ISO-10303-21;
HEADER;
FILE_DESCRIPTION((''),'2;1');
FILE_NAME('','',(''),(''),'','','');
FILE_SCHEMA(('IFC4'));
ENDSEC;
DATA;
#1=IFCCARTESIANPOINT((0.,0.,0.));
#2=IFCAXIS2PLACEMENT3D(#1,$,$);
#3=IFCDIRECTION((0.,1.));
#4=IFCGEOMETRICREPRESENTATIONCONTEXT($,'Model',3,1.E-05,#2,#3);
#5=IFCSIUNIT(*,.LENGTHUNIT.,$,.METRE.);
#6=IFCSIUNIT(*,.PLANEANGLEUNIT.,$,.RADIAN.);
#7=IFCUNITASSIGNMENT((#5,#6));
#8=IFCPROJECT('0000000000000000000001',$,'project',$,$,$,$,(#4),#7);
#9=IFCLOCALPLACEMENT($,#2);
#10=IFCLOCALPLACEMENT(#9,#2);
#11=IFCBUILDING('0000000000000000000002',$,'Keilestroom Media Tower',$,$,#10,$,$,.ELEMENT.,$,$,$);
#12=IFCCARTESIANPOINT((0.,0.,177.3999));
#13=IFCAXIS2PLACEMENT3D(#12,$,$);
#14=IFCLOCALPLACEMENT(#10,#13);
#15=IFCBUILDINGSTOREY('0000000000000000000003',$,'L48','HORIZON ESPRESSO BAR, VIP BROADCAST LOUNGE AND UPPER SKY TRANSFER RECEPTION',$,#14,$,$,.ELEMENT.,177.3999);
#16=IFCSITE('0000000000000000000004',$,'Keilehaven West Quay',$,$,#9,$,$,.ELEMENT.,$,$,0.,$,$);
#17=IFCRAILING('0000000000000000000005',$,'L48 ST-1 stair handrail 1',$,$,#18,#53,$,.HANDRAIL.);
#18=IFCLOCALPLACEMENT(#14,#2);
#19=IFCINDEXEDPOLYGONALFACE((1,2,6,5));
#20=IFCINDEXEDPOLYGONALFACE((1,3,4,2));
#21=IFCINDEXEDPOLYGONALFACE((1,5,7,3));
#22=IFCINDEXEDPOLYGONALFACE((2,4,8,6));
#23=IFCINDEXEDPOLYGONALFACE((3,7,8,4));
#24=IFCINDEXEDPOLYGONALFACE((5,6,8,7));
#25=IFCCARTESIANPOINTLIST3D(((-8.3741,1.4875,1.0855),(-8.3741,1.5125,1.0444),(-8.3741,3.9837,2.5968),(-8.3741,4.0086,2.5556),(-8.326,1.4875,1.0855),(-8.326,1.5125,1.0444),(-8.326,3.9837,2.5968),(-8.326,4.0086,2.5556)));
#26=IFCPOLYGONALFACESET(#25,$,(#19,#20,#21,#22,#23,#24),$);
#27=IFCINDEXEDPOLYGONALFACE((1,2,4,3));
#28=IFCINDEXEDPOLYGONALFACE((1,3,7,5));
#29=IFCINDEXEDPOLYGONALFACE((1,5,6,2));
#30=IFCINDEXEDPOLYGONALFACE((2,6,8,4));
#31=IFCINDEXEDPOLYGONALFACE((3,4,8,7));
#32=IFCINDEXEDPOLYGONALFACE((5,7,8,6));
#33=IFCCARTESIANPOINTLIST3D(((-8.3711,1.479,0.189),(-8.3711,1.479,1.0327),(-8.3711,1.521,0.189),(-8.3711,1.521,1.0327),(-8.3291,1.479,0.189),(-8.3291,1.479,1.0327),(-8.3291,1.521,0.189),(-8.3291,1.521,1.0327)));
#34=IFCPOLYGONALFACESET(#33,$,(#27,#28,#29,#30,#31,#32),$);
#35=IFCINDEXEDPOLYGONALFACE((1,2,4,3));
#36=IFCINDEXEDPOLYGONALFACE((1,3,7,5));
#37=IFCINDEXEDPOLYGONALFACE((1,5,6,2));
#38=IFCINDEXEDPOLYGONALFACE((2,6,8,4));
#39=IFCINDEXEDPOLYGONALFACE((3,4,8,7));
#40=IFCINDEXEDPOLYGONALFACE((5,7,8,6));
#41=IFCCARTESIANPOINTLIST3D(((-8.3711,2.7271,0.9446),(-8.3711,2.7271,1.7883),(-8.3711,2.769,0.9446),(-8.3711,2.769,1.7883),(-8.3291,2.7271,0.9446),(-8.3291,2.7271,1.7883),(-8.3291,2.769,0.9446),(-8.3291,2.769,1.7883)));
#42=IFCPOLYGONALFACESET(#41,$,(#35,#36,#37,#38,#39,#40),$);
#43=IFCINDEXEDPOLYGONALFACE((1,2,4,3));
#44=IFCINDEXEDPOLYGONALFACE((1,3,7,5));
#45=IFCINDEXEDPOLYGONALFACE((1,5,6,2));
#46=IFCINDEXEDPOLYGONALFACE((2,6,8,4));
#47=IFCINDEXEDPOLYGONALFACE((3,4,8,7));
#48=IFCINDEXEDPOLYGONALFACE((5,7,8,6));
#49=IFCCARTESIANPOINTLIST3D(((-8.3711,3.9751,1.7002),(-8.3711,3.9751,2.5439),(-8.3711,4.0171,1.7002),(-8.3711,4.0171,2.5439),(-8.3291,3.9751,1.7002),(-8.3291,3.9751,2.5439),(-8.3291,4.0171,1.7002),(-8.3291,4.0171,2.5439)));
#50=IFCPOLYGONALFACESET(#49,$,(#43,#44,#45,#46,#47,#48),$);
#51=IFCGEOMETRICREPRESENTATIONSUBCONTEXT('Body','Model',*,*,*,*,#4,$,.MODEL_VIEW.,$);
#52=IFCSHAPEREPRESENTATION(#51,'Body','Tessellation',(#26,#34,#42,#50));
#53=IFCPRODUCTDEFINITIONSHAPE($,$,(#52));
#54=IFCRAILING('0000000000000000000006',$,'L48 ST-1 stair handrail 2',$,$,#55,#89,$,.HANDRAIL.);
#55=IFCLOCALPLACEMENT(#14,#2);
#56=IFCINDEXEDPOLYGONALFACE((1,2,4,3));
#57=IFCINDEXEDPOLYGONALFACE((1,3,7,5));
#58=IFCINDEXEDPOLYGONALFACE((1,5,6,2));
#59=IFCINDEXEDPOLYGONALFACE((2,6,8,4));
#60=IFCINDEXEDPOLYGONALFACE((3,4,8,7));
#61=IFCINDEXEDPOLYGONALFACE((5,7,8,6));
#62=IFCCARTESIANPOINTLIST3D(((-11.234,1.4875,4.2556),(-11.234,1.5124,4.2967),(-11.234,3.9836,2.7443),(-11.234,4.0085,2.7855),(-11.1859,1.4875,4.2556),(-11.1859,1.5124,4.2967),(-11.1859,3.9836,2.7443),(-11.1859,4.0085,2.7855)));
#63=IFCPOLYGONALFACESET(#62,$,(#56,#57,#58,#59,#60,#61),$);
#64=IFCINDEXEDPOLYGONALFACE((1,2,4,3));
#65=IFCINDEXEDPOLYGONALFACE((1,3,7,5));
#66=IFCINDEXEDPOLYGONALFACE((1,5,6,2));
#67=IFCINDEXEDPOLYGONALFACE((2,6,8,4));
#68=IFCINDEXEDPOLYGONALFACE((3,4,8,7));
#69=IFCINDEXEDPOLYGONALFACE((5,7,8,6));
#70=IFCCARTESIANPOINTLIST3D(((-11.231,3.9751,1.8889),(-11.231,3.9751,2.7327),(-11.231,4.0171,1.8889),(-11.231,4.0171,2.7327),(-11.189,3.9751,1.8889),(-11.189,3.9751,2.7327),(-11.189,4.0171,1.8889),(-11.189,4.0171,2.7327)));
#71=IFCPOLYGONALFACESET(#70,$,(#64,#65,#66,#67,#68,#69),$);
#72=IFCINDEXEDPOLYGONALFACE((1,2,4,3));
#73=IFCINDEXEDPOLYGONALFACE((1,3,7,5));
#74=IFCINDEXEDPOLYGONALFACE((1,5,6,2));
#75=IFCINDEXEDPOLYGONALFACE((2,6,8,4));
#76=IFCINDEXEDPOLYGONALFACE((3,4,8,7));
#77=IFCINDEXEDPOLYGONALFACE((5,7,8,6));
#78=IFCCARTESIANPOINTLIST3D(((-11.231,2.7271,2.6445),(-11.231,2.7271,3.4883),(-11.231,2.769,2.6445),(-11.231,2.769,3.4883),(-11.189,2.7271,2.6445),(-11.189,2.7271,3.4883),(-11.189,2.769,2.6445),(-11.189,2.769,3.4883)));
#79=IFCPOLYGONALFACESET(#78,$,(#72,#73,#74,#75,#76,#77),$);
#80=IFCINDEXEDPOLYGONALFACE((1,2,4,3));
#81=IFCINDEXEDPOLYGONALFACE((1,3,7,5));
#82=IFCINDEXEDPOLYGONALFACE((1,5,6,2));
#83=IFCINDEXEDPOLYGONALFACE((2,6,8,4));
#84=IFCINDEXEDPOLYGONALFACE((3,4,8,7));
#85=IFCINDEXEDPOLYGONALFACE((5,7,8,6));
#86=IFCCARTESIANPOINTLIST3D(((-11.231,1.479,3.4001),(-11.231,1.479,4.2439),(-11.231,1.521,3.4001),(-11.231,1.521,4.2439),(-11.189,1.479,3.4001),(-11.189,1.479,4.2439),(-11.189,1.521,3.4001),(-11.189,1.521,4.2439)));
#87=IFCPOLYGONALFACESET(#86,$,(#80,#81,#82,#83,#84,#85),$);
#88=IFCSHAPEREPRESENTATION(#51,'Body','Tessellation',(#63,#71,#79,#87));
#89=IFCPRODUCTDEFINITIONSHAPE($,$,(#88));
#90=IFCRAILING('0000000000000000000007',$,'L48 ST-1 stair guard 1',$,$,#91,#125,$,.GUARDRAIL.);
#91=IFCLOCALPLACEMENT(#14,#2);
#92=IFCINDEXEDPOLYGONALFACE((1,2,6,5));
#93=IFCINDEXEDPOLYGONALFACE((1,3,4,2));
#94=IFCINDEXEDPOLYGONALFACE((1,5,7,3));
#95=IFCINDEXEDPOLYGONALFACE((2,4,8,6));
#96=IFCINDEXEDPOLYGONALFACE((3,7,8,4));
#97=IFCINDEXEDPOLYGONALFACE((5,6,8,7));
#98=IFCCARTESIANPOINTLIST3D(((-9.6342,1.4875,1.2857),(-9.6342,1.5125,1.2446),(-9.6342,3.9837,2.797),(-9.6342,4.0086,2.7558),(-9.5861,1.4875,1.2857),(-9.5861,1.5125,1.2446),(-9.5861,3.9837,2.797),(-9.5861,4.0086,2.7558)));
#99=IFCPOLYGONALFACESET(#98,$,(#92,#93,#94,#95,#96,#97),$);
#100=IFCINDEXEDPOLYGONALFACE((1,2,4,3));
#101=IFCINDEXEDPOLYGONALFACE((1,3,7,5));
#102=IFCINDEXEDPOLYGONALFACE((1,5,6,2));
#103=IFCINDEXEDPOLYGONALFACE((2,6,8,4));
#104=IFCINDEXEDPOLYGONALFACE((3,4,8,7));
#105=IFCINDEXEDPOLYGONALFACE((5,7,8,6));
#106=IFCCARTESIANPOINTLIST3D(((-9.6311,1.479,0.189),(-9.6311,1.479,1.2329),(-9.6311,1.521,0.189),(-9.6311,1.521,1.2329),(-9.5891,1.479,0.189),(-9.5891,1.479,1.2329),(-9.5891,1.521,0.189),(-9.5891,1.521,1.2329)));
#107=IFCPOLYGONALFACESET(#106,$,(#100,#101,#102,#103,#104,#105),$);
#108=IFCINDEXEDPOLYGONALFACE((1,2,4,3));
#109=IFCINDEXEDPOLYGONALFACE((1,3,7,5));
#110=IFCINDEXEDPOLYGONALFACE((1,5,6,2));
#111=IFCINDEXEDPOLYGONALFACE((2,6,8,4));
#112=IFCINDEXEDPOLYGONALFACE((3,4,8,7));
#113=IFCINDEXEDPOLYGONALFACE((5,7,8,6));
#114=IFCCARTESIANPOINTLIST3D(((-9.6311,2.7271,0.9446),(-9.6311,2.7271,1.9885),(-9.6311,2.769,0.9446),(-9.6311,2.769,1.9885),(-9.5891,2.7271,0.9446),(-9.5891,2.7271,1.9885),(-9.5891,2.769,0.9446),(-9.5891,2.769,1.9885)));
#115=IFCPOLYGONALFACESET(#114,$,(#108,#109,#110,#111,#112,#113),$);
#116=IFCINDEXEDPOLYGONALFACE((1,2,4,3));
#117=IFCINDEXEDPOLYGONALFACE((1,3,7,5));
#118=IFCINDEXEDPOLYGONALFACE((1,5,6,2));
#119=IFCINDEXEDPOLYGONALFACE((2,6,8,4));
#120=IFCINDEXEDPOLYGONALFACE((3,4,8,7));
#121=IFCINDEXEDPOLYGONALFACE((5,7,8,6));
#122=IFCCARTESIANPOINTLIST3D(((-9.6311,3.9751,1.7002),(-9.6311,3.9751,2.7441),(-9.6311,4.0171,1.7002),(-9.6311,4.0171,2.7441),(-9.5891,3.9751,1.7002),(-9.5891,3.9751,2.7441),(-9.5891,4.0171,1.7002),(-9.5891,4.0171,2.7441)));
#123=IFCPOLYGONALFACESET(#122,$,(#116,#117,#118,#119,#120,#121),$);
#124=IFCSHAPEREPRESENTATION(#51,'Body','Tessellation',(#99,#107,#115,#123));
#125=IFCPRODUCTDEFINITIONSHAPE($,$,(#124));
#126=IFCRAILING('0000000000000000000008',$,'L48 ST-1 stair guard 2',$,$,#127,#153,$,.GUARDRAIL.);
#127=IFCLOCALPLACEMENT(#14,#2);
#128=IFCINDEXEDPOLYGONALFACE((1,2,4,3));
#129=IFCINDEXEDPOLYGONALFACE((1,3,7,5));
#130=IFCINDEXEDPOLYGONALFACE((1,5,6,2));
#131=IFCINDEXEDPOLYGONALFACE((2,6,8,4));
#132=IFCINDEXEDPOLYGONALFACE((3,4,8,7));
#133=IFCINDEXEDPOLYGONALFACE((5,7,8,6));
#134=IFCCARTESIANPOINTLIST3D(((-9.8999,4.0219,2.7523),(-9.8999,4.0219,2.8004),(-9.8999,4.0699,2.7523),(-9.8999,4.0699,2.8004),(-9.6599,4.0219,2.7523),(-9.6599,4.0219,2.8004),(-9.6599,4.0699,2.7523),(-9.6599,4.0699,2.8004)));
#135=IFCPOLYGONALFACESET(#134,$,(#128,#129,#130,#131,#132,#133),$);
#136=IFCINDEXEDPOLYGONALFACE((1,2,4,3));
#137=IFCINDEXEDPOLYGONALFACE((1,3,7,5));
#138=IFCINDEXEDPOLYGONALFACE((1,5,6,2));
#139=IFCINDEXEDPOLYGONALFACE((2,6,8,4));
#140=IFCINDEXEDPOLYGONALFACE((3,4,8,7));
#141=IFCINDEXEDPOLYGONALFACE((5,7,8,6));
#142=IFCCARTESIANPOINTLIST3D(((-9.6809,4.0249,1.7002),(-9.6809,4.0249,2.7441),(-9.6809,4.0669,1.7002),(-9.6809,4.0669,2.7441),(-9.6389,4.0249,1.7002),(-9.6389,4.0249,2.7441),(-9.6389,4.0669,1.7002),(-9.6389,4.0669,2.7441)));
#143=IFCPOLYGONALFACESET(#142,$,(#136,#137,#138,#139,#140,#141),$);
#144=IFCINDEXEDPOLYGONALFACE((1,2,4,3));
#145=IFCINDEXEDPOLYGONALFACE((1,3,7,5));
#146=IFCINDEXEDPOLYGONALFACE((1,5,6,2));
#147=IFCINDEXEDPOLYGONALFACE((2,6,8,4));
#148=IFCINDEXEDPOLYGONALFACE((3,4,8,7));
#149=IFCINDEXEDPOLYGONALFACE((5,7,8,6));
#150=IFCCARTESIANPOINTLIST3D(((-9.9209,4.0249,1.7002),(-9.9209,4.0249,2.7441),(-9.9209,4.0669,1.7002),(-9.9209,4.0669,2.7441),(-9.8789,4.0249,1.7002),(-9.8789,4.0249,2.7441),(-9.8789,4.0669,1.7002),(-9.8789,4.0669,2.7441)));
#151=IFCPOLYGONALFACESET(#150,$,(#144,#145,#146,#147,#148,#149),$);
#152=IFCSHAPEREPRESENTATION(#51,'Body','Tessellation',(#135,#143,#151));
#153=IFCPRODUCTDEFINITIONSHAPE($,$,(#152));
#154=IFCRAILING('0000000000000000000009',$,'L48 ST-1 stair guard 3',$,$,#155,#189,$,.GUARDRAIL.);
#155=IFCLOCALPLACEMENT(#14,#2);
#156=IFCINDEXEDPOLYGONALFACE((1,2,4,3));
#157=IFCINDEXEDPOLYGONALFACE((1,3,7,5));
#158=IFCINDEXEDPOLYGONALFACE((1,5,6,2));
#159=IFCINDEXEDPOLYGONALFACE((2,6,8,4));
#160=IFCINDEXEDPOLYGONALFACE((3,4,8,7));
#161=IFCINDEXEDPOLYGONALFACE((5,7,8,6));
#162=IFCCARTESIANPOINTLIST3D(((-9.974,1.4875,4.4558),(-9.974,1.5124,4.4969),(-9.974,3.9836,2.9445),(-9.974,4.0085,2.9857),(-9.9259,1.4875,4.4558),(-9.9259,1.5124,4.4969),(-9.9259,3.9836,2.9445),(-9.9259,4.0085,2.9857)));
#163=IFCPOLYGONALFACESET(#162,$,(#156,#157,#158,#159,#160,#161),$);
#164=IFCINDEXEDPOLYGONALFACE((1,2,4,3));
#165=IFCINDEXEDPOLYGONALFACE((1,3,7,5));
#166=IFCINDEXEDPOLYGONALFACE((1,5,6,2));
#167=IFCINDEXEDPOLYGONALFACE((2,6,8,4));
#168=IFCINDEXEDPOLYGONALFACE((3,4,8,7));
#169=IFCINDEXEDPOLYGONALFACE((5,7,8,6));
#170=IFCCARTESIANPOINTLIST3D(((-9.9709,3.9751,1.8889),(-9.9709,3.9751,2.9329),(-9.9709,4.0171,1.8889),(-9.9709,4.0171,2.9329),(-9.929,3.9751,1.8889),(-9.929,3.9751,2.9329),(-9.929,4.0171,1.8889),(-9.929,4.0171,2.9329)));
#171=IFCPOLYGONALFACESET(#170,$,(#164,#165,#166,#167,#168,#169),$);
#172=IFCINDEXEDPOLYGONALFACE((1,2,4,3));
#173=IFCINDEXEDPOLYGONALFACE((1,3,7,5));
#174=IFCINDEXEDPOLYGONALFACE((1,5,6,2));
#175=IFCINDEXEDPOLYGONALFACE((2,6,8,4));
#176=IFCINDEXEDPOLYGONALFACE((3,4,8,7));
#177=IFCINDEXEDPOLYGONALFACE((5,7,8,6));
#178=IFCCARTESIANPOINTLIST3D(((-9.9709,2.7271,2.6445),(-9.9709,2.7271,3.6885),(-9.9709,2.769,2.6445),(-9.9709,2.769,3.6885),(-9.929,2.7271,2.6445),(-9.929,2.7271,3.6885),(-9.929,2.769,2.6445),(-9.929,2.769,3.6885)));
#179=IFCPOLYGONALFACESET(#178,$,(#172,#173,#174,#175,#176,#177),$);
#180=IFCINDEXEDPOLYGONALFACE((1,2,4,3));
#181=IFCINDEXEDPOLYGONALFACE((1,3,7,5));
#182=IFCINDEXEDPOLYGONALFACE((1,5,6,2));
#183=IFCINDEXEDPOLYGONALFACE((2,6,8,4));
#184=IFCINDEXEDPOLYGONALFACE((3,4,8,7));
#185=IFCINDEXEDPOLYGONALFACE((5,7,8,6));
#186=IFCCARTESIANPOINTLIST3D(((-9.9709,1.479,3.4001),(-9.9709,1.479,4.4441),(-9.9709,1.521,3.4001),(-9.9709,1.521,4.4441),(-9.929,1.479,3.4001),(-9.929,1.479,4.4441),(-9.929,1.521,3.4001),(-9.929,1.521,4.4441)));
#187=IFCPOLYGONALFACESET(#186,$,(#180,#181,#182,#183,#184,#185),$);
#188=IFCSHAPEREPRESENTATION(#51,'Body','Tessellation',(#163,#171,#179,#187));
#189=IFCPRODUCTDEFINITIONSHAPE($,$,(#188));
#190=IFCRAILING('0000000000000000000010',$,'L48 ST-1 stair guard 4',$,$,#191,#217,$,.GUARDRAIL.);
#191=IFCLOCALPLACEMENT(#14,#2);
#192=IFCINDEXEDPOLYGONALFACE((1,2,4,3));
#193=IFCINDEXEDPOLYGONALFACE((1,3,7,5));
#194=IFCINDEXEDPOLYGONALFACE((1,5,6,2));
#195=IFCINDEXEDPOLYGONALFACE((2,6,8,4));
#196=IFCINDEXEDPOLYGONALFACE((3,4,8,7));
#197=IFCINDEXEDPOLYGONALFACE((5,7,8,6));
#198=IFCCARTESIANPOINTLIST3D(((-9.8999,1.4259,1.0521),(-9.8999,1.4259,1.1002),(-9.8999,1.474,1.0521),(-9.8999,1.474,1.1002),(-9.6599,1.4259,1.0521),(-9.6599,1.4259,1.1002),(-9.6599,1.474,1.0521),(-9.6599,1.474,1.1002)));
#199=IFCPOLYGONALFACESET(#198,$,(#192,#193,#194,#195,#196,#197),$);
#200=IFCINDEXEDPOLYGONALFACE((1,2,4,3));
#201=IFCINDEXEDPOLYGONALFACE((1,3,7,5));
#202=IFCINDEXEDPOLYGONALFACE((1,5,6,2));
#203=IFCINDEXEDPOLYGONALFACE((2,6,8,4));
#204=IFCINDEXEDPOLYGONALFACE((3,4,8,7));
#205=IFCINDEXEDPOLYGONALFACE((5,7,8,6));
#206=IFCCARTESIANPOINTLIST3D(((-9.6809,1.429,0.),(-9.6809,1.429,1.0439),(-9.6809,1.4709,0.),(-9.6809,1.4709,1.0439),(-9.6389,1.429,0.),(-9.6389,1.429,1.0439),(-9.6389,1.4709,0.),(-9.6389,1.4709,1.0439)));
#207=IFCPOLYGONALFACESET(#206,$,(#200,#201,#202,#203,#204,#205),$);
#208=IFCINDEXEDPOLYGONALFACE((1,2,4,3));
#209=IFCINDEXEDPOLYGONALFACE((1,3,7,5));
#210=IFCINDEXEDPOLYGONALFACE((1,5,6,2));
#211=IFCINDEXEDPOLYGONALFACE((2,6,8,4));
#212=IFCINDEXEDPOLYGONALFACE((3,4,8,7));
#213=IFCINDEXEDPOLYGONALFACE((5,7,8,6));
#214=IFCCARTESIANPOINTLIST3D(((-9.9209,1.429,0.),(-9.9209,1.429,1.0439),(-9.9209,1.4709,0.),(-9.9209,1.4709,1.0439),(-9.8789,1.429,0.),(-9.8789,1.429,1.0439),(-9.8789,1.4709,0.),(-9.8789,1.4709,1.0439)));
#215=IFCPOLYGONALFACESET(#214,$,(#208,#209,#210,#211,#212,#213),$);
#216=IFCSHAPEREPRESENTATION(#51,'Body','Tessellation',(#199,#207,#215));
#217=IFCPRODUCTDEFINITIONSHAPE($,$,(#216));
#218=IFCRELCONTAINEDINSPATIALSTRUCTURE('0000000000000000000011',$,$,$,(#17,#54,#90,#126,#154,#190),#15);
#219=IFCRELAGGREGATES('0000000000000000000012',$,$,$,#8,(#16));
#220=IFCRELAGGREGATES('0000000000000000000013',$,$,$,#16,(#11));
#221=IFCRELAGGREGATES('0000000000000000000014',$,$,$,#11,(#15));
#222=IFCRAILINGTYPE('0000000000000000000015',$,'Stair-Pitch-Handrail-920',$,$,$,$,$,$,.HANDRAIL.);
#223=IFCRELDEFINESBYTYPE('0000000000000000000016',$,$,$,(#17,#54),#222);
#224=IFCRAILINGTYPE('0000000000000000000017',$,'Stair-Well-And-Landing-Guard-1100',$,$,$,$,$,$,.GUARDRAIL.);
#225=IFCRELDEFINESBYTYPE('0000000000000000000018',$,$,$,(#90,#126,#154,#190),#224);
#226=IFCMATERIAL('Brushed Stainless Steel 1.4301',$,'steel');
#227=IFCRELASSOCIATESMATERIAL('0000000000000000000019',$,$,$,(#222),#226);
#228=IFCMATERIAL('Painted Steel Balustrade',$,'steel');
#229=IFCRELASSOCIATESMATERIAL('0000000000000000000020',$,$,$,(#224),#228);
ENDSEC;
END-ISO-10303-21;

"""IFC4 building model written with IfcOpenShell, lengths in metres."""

from ifc_helpers import new_model, si_unit, direction, frame, origin, origin_2d, place, context, subcontext, project, spatial, rectangle, extrude, material, type_object, element, save


model = new_model("IFC4")

# Units and contexts
model_context = context("Model", 3, precision=1e-05, world=origin(), true_north=direction((0.0, 1.0)))
body_context = subcontext(model_context, "Body", "Model", "MODEL_VIEW")
ifc_project = project(units=[si_unit("LENGTHUNIT", "METRE"), si_unit("PLANEANGLEUNIT", "RADIAN")], contexts=[model_context])

# Site, building, storey
site_placement = place(None, origin())
site = spatial("IfcSite", under=ifc_project, at=site_placement, Name="Keilehaven West Quay", CompositionType="ELEMENT", RefElevation=0.0)
building_placement = place(site_placement, origin())
building = spatial("IfcBuilding", under=site, at=building_placement, Name="Keilestroom Media Tower", CompositionType="ELEMENT")
storey_placement = place(building_placement, frame((0.0, 0.0, 177.3999)))
storey = spatial("IfcBuildingStorey", under=building, at=storey_placement, Name="L48", Description="HORIZON ESPRESSO BAR, VIP BROADCAST LOUNGE AND UPPER SKY TRANSFER RECEPTION", CompositionType="ELEMENT", Elevation=177.3999)

# Railings
ifc_material_1 = material(Name="Brushed Stainless Steel 1.4301", Category="steel")
railing_type_1 = type_object("IfcRailingType", Name="Stair-Pitch-Handrail-920", PredefinedType="HANDRAIL", material=ifc_material_1)
railing_1_placement = place(storey_placement, frame((-8.3501, 1.5, 0.189)))
element("IfcRailing", 1, at=railing_1_placement, inside=storey, type_object=railing_type_1, Name="L48 ST-1 stair handrail 1", PredefinedType="HANDRAIL", context=body_context, shape_type="SweptSolid", body=[
    extrude(rectangle(XDim=0.0481, YDim=0.0481, at=origin_2d()), frame((0.0, 0.0, 0.876), z_axis=(0.0, 0.855434, 0.517912), x_axis=(-1.0, 0.0, 0.0)), (0.0, 0.0, 1.0), 2.918),
    extrude(rectangle(XDim=0.042, YDim=0.042, at=origin_2d()), origin(), (0.0, 0.0, 1.0), 0.8438),
    extrude(rectangle(XDim=0.042, YDim=0.042, at=origin_2d()), frame((0.0, 1.248, 0.7556)), (0.0, 0.0, 1.0), 0.8438),
    extrude(rectangle(XDim=0.042, YDim=0.042, at=origin_2d()), frame((0.0, 2.4961, 1.5112)), (0.0, 0.0, 1.0), 0.8438),
])
railing_2_placement = place(storey_placement, frame((-11.21, 3.9961, 1.8889)))
element("IfcRailing", 2, at=railing_2_placement, inside=storey, type_object=railing_type_1, Name="L48 ST-1 stair handrail 2", PredefinedType="HANDRAIL", context=body_context, shape_type="SweptSolid", body=[
    extrude(rectangle(XDim=0.0481, YDim=0.0481, at=origin_2d()), frame((0.0, 0.0, 0.876), z_axis=(0.0, -0.855434, 0.517912), x_axis=(1.0, 0.0, 0.0)), (0.0, 0.0, 1.0), 2.918),
    extrude(rectangle(XDim=0.042, YDim=0.042, at=origin_2d()), origin(), (0.0, 0.0, 1.0), 0.8438),
    extrude(rectangle(XDim=0.042, YDim=0.042, at=origin_2d()), frame((0.0, -1.248, 0.7556)), (0.0, 0.0, 1.0), 0.8438),
    extrude(rectangle(XDim=0.042, YDim=0.042, at=origin_2d()), frame((0.0, -2.4961, 1.5112)), (0.0, 0.0, 1.0), 0.8438),
])
ifc_material_2 = material(Name="Painted Steel Balustrade", Category="steel")
railing_type_2 = type_object("IfcRailingType", Name="Stair-Well-And-Landing-Guard-1100", PredefinedType="GUARDRAIL", material=ifc_material_2)
railing_3_placement = place(storey_placement, frame((-9.6101, 1.5, 0.189)))
element("IfcRailing", 3, at=railing_3_placement, inside=storey, type_object=railing_type_2, Name="L48 ST-1 stair guard 1", PredefinedType="GUARDRAIL", context=body_context, shape_type="SweptSolid", body=[
    extrude(rectangle(XDim=0.0481, YDim=0.0481, at=origin_2d()), frame((0.0, 0.0, 1.0762), z_axis=(0.0, 0.855434, 0.517912), x_axis=(-1.0, 0.0, 0.0)), (0.0, 0.0, 1.0), 2.918),
    extrude(rectangle(XDim=0.042, YDim=0.042, at=origin_2d()), origin(), (0.0, 0.0, 1.0), 1.0439),
    extrude(rectangle(XDim=0.042, YDim=0.042, at=origin_2d()), frame((0.0, 1.248, 0.7556)), (0.0, 0.0, 1.0), 1.0439),
    extrude(rectangle(XDim=0.042, YDim=0.042, at=origin_2d()), frame((0.0, 2.4961, 1.5112)), (0.0, 0.0, 1.0), 1.0439),
])
railing_4_placement = place(storey_placement, frame((-9.6599, 4.0459, 1.7002)))
element("IfcRailing", 4, at=railing_4_placement, inside=storey, type_object=railing_type_2, Name="L48 ST-1 stair guard 2", PredefinedType="GUARDRAIL", context=body_context, shape_type="SweptSolid", body=[
    extrude(rectangle(XDim=0.0481, YDim=0.0481, at=origin_2d()), frame((0.0, 0.0, 1.0762), z_axis=(-1.0, 0.0, 0.0), x_axis=(0.0, -1.0, 0.0)), (0.0, 0.0, 1.0), 0.24),
    extrude(rectangle(XDim=0.042, YDim=0.042, at=origin_2d()), origin(), (0.0, 0.0, 1.0), 1.0439),
    extrude(rectangle(XDim=0.042, YDim=0.042, at=origin_2d()), frame((-0.24, 0.0, 0.0)), (0.0, 0.0, 1.0), 1.0439),
])
railing_5_placement = place(storey_placement, frame((-9.95, 3.9961, 1.8889)))
element("IfcRailing", 5, at=railing_5_placement, inside=storey, type_object=railing_type_2, Name="L48 ST-1 stair guard 3", PredefinedType="GUARDRAIL", context=body_context, shape_type="SweptSolid", body=[
    extrude(rectangle(XDim=0.0481, YDim=0.0481, at=origin_2d()), frame((0.0, 0.0, 1.0762), z_axis=(0.0, -0.855434, 0.517912), x_axis=(1.0, 0.0, 0.0)), (0.0, 0.0, 1.0), 2.918),
    extrude(rectangle(XDim=0.042, YDim=0.042, at=origin_2d()), origin(), (0.0, 0.0, 1.0), 1.0439),
    extrude(rectangle(XDim=0.042, YDim=0.042, at=origin_2d()), frame((0.0, -1.248, 0.7556)), (0.0, 0.0, 1.0), 1.0439),
    extrude(rectangle(XDim=0.042, YDim=0.042, at=origin_2d()), frame((0.0, -2.4961, 1.5112)), (0.0, 0.0, 1.0), 1.0439),
])
railing_6_placement = place(storey_placement, frame((-9.6599, 1.45, 0.0)))
element("IfcRailing", 6, at=railing_6_placement, inside=storey, type_object=railing_type_2, Name="L48 ST-1 stair guard 4", PredefinedType="GUARDRAIL", context=body_context, shape_type="SweptSolid", body=[
    extrude(rectangle(XDim=0.0481, YDim=0.0481, at=origin_2d()), frame((0.0, 0.0, 1.0762), z_axis=(-1.0, 0.0, 0.0), x_axis=(0.0, -1.0, 0.0)), (0.0, 0.0, 1.0), 0.24),
    extrude(rectangle(XDim=0.042, YDim=0.042, at=origin_2d()), origin(), (0.0, 0.0, 1.0), 1.0439),
    extrude(rectangle(XDim=0.042, YDim=0.042, at=origin_2d()), frame((-0.24, 0.0, 0.0)), (0.0, 0.0, 1.0), 1.0439),
])

save(model, "model.ifc")
